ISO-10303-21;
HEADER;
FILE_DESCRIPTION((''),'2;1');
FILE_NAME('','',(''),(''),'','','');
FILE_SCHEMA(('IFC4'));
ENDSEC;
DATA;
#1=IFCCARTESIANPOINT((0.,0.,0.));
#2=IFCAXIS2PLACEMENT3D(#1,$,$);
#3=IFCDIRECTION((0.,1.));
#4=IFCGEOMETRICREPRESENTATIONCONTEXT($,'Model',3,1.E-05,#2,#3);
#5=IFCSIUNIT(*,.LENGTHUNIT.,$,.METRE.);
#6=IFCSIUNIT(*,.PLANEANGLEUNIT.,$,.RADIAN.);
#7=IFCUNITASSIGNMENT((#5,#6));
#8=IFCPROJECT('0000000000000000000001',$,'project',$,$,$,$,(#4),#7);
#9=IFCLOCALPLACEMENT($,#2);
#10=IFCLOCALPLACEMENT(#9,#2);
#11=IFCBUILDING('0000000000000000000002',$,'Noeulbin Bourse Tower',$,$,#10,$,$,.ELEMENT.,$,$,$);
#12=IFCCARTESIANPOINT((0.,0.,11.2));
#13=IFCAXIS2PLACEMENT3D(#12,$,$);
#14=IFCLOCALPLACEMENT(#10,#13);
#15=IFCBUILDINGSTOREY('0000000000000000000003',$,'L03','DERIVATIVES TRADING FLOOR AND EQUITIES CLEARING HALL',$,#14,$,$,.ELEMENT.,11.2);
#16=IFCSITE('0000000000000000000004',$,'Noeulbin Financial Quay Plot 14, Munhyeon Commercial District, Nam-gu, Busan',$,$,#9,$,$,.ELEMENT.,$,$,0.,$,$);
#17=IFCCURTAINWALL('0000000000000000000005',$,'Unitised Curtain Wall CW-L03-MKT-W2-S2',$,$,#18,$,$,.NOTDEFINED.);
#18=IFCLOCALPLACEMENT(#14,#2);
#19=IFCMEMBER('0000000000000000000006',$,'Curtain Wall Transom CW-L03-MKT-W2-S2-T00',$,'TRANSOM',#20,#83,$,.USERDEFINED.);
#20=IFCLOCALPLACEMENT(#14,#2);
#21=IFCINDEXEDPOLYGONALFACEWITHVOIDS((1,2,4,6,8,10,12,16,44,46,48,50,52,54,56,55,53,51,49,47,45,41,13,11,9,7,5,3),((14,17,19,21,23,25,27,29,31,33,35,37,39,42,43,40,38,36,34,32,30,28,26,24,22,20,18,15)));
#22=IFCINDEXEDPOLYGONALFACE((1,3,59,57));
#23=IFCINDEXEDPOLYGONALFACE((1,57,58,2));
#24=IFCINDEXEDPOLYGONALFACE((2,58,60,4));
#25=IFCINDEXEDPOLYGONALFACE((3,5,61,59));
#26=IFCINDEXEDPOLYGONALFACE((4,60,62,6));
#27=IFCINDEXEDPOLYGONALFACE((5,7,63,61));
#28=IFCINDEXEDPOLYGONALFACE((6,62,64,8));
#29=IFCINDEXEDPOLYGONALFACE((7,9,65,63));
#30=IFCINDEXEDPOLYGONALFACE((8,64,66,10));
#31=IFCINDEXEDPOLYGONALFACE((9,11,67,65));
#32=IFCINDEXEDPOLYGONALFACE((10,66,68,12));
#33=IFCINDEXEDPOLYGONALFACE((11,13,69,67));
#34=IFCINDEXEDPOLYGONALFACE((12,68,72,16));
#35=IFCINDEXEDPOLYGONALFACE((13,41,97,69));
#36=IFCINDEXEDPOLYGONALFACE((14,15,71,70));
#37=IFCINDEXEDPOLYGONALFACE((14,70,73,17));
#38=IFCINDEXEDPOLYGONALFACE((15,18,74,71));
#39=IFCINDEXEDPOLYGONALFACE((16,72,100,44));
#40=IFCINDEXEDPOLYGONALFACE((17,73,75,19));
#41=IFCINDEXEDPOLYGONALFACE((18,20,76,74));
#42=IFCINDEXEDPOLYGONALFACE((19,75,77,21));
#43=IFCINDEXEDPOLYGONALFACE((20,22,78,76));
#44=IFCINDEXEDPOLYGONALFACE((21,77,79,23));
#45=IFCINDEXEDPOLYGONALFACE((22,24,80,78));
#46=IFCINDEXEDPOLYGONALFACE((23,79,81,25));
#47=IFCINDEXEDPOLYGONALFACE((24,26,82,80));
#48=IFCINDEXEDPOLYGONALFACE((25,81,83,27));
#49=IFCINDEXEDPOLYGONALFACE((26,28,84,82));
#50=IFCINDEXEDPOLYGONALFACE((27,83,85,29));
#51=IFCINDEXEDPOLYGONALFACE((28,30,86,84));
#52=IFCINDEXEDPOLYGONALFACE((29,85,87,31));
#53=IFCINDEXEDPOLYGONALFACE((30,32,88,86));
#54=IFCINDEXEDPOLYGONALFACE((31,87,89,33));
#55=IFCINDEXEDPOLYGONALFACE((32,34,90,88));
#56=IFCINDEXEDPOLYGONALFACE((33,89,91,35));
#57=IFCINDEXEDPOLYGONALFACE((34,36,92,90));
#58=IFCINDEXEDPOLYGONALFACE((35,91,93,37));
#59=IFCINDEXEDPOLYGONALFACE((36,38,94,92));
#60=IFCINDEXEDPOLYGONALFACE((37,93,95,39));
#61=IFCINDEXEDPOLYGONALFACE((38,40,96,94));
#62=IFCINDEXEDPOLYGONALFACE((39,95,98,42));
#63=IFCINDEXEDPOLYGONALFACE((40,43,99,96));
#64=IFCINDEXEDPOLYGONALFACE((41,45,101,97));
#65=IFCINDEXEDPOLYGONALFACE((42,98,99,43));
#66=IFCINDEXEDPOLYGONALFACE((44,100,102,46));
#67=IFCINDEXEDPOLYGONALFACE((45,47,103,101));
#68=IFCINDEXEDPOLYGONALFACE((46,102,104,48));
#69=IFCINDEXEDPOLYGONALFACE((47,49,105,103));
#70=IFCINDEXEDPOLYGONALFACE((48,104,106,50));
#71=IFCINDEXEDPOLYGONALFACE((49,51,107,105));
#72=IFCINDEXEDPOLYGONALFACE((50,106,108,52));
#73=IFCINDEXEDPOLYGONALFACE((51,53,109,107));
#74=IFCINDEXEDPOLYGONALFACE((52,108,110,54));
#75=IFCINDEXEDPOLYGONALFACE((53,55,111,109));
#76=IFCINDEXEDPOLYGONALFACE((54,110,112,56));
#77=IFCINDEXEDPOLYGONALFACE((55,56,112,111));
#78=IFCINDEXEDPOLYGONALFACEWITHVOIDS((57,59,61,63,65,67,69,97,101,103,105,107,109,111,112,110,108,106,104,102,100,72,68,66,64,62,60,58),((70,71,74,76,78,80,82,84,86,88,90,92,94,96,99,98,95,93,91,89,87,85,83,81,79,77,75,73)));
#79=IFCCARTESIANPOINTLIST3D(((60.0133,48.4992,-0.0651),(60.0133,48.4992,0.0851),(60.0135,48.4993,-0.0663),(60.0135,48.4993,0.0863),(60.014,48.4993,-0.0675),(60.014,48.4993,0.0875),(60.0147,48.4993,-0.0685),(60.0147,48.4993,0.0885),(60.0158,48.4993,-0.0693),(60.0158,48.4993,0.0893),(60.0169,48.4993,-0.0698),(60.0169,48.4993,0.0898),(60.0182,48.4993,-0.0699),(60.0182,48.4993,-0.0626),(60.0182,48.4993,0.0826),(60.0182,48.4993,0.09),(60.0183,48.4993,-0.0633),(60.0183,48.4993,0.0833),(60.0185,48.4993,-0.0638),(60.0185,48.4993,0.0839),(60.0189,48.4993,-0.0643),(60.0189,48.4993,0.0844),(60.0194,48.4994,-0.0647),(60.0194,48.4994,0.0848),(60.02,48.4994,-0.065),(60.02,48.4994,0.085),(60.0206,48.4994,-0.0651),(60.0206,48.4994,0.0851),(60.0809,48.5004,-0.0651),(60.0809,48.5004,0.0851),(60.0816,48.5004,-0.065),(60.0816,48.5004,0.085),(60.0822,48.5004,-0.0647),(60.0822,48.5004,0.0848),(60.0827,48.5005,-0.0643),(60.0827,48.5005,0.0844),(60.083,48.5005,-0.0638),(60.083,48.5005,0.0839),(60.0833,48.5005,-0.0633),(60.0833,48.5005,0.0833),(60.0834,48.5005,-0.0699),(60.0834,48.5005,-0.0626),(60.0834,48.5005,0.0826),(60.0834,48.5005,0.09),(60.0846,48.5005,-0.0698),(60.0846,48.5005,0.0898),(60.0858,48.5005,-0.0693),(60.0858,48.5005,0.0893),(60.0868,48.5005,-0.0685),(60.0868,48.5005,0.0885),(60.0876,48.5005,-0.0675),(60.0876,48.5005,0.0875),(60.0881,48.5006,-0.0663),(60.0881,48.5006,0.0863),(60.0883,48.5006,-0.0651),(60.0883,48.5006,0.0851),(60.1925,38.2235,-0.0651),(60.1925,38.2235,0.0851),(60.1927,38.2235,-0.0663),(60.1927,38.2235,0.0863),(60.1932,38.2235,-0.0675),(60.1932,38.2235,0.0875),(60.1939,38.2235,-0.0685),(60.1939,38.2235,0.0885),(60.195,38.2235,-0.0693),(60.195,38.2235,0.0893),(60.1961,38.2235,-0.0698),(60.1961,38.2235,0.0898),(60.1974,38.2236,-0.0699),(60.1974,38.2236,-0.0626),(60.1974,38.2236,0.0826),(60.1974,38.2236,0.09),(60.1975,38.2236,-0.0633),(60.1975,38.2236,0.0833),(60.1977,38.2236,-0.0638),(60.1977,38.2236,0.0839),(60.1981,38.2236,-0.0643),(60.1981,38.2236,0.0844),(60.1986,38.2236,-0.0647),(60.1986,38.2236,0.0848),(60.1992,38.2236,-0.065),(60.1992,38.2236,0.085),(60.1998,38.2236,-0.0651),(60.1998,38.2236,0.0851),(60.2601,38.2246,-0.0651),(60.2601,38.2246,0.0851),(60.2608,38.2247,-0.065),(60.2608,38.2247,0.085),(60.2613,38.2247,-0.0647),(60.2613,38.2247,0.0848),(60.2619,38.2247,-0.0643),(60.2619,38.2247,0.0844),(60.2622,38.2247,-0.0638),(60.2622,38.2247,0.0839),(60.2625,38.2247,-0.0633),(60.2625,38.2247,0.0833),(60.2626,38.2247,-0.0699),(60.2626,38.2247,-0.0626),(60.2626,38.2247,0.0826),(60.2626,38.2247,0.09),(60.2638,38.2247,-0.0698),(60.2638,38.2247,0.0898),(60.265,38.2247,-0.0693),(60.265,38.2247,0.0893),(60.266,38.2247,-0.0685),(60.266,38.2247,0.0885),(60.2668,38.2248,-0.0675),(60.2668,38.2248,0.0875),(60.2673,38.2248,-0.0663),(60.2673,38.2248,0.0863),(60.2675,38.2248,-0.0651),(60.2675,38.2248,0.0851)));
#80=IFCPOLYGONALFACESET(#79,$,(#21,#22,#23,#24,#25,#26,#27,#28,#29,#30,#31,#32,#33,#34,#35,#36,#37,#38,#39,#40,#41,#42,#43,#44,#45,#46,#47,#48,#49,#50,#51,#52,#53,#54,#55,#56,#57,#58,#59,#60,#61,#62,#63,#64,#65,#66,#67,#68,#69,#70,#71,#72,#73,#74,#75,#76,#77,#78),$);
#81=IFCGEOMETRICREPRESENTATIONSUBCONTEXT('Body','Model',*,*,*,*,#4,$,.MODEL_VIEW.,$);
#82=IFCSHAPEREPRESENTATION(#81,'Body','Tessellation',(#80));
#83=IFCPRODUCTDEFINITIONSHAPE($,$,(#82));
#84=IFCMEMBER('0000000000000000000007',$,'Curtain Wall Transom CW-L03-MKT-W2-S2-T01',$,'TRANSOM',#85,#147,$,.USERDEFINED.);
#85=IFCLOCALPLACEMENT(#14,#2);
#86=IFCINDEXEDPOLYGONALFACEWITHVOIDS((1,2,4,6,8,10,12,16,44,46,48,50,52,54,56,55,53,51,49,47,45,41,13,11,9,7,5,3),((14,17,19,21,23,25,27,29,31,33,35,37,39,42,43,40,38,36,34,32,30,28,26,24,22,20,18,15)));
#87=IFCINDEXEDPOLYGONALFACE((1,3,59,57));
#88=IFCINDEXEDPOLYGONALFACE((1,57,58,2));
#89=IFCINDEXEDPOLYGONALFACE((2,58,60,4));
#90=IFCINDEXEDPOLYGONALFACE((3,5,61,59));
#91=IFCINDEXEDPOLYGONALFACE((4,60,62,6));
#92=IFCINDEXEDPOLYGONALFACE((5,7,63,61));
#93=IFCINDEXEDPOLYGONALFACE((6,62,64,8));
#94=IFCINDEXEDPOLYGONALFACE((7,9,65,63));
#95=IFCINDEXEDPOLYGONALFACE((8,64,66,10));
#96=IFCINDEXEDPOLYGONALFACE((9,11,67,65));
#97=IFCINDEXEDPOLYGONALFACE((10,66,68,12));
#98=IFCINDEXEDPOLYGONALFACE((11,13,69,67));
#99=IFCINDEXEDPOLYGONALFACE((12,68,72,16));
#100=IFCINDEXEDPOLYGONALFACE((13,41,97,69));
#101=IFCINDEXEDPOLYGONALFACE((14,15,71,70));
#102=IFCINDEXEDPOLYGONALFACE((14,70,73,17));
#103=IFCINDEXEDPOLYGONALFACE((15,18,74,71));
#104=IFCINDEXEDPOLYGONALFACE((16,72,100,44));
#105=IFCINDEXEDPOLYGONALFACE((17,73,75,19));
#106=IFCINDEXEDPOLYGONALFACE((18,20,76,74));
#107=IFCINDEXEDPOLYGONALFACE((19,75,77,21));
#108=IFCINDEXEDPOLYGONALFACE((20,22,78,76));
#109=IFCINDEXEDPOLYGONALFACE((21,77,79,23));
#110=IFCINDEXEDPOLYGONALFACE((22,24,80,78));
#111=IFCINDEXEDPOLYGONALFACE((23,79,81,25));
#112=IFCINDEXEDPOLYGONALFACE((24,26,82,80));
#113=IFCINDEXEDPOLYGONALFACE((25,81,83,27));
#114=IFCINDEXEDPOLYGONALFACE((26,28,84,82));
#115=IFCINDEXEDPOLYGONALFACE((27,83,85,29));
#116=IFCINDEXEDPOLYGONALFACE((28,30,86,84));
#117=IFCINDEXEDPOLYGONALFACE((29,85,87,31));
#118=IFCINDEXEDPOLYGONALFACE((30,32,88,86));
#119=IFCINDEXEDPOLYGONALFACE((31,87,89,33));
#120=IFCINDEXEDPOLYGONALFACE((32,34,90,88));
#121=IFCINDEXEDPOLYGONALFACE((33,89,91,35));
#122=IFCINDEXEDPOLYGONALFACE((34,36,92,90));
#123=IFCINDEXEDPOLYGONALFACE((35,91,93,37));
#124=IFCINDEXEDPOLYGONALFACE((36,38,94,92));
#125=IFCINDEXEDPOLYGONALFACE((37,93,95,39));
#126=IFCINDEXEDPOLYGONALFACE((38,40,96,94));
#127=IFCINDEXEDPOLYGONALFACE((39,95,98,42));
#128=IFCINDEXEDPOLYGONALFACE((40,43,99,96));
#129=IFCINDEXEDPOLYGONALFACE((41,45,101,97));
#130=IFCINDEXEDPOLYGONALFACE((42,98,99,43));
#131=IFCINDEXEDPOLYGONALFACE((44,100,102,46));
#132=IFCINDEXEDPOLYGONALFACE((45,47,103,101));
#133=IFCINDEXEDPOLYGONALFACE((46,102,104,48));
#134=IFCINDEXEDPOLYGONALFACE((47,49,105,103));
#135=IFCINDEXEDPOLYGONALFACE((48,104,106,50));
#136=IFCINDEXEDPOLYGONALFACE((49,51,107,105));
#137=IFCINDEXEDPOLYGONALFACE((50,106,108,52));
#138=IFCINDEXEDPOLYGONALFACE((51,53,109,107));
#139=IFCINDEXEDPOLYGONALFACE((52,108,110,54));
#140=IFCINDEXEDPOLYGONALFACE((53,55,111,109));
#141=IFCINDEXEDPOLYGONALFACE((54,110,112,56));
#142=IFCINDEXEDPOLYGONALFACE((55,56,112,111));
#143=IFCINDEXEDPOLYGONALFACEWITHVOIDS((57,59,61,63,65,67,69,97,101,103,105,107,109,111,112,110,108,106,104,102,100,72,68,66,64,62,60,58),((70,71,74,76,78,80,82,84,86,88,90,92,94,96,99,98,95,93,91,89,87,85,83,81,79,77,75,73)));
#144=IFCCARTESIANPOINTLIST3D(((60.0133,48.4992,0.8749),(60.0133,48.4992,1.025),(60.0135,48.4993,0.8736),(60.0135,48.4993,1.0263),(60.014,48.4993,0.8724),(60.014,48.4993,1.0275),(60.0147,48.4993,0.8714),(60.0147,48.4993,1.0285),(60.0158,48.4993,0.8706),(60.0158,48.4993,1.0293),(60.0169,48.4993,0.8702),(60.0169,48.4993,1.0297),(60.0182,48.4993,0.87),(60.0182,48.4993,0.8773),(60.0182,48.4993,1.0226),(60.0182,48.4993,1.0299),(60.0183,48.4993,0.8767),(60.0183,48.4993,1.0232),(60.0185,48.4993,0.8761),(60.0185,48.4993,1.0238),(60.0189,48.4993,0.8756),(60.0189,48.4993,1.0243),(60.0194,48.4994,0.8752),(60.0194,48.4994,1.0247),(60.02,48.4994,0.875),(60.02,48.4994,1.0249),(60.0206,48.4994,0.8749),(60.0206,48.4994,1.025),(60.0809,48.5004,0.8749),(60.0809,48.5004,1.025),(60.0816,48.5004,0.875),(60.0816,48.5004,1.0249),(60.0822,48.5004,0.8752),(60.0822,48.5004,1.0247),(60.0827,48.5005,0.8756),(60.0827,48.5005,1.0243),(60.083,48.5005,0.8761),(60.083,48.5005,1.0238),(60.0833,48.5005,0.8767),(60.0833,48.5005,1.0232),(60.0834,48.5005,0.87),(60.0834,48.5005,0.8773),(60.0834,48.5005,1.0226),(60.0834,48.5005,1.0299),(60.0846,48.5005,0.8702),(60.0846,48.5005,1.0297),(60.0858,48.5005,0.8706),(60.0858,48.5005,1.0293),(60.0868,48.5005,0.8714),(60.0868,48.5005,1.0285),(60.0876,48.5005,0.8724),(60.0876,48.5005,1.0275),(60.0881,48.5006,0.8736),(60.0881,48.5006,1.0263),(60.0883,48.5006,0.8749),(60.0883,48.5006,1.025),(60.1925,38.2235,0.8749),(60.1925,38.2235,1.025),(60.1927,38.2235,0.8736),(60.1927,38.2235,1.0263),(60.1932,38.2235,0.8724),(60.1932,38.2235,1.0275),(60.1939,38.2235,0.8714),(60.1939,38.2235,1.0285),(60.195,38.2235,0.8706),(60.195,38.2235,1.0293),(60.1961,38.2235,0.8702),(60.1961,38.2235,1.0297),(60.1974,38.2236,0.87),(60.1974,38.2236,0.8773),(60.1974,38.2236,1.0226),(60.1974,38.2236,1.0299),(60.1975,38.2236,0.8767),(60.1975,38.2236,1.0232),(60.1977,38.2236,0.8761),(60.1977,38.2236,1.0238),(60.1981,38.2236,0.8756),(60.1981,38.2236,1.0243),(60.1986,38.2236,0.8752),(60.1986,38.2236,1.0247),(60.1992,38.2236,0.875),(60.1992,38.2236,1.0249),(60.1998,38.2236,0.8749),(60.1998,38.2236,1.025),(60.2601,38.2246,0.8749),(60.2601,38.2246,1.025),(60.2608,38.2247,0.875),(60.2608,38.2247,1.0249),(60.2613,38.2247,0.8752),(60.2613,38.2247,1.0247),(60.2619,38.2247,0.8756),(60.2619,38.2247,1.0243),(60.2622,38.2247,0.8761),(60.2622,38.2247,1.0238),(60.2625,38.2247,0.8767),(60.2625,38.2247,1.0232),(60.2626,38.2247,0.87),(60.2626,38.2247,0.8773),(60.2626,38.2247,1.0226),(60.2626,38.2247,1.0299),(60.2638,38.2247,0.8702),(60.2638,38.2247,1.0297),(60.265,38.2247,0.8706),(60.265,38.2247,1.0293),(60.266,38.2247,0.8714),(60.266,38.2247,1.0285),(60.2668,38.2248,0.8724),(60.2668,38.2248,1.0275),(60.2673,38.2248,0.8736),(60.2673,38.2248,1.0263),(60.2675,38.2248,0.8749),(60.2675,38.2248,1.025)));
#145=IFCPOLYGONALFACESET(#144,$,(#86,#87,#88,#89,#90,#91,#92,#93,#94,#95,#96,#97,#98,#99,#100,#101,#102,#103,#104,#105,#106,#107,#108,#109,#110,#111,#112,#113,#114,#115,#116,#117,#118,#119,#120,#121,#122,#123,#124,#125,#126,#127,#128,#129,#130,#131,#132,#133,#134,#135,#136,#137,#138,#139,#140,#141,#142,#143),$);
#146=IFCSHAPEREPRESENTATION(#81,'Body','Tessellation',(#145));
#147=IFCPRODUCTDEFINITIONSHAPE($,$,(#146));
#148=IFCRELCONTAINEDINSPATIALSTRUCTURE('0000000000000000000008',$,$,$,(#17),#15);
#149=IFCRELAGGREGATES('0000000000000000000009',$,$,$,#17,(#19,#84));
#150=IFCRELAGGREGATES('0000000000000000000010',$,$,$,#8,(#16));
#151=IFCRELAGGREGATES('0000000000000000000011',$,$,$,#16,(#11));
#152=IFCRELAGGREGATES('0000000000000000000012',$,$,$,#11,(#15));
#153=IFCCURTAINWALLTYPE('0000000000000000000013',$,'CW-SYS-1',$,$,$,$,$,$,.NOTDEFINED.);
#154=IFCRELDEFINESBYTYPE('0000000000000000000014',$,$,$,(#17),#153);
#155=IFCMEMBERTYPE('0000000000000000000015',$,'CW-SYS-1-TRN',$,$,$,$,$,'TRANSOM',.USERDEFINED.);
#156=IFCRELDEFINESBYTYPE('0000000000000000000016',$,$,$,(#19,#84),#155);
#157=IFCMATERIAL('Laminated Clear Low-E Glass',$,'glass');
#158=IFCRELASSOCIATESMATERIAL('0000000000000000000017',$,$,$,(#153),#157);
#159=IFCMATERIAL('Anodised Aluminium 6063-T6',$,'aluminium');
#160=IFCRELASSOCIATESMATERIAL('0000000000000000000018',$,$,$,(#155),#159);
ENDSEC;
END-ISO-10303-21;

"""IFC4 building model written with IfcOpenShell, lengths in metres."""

from ifc_helpers import new_model, si_unit, direction, frame, origin, origin_2d, place, context, subcontext, project, spatial, hollow_rectangle, extrude, material, material_profile, profile_set, type_object, element, aggregate, save


model = new_model("IFC4")

# Units and contexts
model_context = context("Model", 3, precision=1e-05, world=origin(), true_north=direction((0.0, 1.0)))
body_context = subcontext(model_context, "Body", "Model", "MODEL_VIEW")
ifc_project = project(units=[si_unit("LENGTHUNIT", "METRE"), si_unit("PLANEANGLEUNIT", "RADIAN")], contexts=[model_context])

# Site, building, storey
site_placement = place(None, origin())
site = spatial("IfcSite", under=ifc_project, at=site_placement, Name="Noeulbin Financial Quay Plot 14, Munhyeon Commercial District, Nam-gu, Busan", CompositionType="ELEMENT", RefElevation=0.0)
building_placement = place(site_placement, origin())
building = spatial("IfcBuilding", under=site, at=building_placement, Name="Noeulbin Bourse Tower", CompositionType="ELEMENT")
storey_placement = place(building_placement, frame((0.0, 0.0, 11.2)))
storey = spatial("IfcBuildingStorey", under=building, at=storey_placement, Name="L03", Description="DERIVATIVES TRADING FLOOR AND EQUITIES CLEARING HALL", CompositionType="ELEMENT", Elevation=11.2)

# Shared definitions
ifc_material_1 = material(Name="Laminated Clear Low-E Glass", Category="glass")
curtain_wall_type = type_object("IfcCurtainWallType", Name="CW-SYS-1", PredefinedType="NOTDEFINED", material=ifc_material_1)
ifc_material_2 = material(Name="Anodised Aluminium 6063-T6", Category="aluminium")

# Curtain wall, members
curtain_wall_1_placement = place(storey_placement, origin())
curtain_wall_1 = element("IfcCurtainWall", 1, at=curtain_wall_1_placement, inside=storey, type_object=curtain_wall_type, Name="Unitised Curtain Wall CW-L03-MKT-W2-S2", PredefinedType="NOTDEFINED")
ifc_material_profile_1 = material_profile(ifc_material_2, hollow_rectangle(XDim=0.075, YDim=0.1599, WallThickness=0.0049, InnerFilletRadius=0.0024, OuterFilletRadius=0.0049, at=origin_2d()), Name="ALU-TRAN-75x160x5", Category="LoadBearing")
ifc_profile_set_1 = profile_set([ifc_material_profile_1], Name="Anodised Aluminium 6063-T6")
member_type_1 = type_object("IfcMemberType", Name="CW-SYS-1-TRN", ElementType="TRANSOM", PredefinedType="USERDEFINED", material=ifc_profile_set_1)
member_1_placement = place(storey_placement, frame((60.23, 38.2241, 0.01), z_axis=(-0.017436, 0.999848, 0.0), x_axis=(-0.999848, -0.017436, 0.0)))
member_1 = element("IfcMember", 2, at=member_1_placement, type_object=member_type_1, Name="Curtain Wall Transom CW-L03-MKT-W2-S2-T00", ObjectType="TRANSOM", PredefinedType="USERDEFINED", context=body_context, shape_type="SweptSolid", body=[
    extrude(hollow_rectangle(XDim=0.075, YDim=0.1599, WallThickness=0.0049, InnerFilletRadius=0.0024, OuterFilletRadius=0.0049, at=origin_2d()), origin(), (0.0, 0.0, 1.0), 10.2773),
])
member_2_placement = place(storey_placement, frame((60.23, 38.2241, 0.95), z_axis=(-0.017436, 0.999848, 0.0), x_axis=(-0.999848, -0.017436, 0.0)))
member_2 = element("IfcMember", 3, at=member_2_placement, type_object=member_type_1, Name="Curtain Wall Transom CW-L03-MKT-W2-S2-T01", ObjectType="TRANSOM", PredefinedType="USERDEFINED", context=body_context, shape_type="SweptSolid", body=[
    extrude(hollow_rectangle(XDim=0.075, YDim=0.1599, WallThickness=0.0049, InnerFilletRadius=0.0024, OuterFilletRadius=0.0049, at=origin_2d()), origin(), (0.0, 0.0, 1.0), 10.2773),
])
aggregate(curtain_wall_1, [member_1, member_2])

save(model, "model.ifc")
